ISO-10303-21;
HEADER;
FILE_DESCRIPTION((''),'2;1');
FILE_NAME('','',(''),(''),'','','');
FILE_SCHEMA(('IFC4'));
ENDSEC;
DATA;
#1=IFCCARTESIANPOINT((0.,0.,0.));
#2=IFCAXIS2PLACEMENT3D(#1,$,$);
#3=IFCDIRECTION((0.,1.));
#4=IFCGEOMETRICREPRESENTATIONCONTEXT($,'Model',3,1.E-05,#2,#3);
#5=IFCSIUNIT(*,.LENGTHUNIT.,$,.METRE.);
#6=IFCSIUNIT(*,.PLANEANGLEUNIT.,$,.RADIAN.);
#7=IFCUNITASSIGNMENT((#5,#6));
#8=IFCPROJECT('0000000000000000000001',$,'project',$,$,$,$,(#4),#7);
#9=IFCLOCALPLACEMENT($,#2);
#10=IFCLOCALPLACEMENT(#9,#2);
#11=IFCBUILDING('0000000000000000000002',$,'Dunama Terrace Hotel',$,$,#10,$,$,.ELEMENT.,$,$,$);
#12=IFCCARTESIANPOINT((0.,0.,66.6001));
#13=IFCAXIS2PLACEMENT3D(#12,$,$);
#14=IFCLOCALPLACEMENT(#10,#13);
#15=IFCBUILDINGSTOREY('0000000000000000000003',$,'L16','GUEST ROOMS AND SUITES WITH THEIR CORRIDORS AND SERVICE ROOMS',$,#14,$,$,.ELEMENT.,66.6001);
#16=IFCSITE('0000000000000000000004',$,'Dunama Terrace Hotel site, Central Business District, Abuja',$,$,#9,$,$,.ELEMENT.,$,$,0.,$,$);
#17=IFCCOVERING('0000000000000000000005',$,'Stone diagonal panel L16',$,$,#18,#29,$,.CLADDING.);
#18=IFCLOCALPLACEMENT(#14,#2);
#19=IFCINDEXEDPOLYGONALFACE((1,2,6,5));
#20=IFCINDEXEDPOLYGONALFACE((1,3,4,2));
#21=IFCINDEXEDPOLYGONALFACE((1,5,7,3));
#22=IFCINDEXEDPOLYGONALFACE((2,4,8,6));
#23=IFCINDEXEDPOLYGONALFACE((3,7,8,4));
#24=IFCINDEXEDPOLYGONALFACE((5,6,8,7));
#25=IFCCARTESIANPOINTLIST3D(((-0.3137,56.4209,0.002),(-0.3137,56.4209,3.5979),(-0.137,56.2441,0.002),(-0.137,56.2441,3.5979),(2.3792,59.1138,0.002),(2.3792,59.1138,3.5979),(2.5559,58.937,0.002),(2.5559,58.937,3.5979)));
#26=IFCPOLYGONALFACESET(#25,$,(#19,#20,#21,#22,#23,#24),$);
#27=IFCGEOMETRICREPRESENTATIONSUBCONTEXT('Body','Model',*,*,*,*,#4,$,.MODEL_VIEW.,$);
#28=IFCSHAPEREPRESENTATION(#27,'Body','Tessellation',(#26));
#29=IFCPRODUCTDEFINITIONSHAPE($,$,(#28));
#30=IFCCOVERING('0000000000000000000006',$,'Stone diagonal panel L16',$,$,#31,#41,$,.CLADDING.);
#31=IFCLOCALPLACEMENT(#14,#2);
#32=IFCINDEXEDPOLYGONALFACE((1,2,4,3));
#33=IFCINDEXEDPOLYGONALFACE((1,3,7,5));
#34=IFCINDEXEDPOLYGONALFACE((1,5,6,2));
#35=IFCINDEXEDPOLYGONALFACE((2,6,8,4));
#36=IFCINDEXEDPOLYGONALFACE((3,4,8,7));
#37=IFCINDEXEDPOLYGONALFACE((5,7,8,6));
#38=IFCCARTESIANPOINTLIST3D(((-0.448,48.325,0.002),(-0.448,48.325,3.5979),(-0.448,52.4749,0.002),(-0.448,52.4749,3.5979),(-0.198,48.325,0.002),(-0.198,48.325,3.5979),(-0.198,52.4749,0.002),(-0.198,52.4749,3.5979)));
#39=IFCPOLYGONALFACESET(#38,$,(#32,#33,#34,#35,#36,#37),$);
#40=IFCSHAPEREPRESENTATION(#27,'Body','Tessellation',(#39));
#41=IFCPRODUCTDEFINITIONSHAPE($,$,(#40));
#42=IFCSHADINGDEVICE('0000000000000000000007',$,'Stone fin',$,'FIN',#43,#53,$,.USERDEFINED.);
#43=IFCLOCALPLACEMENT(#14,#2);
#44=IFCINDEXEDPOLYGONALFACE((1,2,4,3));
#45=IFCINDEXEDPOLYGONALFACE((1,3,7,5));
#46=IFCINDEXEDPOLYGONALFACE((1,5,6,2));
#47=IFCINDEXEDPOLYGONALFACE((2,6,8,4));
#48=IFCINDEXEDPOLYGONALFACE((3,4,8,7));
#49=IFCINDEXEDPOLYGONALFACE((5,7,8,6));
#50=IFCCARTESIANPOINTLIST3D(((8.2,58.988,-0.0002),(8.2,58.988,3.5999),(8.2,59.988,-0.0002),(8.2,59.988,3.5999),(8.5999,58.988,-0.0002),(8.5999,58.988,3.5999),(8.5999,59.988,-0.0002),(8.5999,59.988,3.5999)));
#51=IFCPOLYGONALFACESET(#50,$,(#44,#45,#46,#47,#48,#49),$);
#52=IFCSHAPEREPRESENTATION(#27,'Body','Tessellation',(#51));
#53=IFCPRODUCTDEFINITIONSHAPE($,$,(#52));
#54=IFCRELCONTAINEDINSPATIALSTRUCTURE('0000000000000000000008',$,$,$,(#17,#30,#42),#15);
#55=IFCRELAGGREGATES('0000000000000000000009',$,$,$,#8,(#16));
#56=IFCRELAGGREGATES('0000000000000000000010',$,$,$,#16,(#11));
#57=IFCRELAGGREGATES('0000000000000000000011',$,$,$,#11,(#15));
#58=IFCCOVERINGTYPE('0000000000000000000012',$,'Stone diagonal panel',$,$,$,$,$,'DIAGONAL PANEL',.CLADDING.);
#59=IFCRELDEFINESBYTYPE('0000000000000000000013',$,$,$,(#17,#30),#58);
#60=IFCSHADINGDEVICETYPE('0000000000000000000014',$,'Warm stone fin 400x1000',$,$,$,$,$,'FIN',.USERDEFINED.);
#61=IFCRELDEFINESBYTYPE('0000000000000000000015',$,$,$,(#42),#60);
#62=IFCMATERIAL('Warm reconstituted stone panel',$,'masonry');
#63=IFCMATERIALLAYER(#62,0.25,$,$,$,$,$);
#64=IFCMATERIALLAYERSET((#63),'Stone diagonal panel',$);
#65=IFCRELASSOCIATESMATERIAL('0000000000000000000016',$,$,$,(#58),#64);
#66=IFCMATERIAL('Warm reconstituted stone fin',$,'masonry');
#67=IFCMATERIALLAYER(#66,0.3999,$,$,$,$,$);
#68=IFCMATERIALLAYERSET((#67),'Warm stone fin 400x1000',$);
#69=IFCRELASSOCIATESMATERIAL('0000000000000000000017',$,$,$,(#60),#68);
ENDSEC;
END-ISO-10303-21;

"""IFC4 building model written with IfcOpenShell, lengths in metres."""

from ifc_helpers import new_model, si_unit, direction, frame, origin, origin_2d, place, context, subcontext, project, spatial, rectangle, extrude, material, layer, layer_set, type_object, element, save


model = new_model("IFC4")

# Units and contexts
model_context = context("Model", 3, precision=1e-05, world=origin(), true_north=direction((0.0, 1.0)))
body_context = subcontext(model_context, "Body", "Model", "MODEL_VIEW")
ifc_project = project(units=[si_unit("LENGTHUNIT", "METRE"), si_unit("PLANEANGLEUNIT", "RADIAN")], contexts=[model_context])

# Site, building, storey
site_placement = place(None, origin())
site = spatial("IfcSite", under=ifc_project, at=site_placement, Name="Dunama Terrace Hotel site, Central Business District, Abuja", CompositionType="ELEMENT", RefElevation=0.0)
building_placement = place(site_placement, origin())
building = spatial("IfcBuilding", under=site, at=building_placement, Name="Dunama Terrace Hotel", CompositionType="ELEMENT")
storey_placement = place(building_placement, frame((0.0, 0.0, 66.6001)))
storey = spatial("IfcBuildingStorey", under=building, at=storey_placement, Name="L16", Description="GUEST ROOMS AND SUITES WITH THEIR CORRIDORS AND SERVICE ROOMS", CompositionType="ELEMENT", Elevation=66.6001)

# Coverings
ifc_material_1 = material(Name="Warm reconstituted stone panel", Category="masonry")
ifc_layer_1 = layer(ifc_material_1, 0.25)
ifc_layer_set_1 = layer_set([ifc_layer_1], Name="Stone diagonal panel")
covering_type = type_object("IfcCoveringType", Name="Stone diagonal panel", ElementType="DIAGONAL PANEL", PredefinedType="CLADDING", material=ifc_layer_set_1)
covering_1_placement = place(storey_placement, frame((1.1211, 57.679, 0.002), z_axis=(0.0, 0.0, 1.0), x_axis=(-0.707107, -0.707107, 0.0)))
element("IfcCovering", 1, at=covering_1_placement, inside=storey, type_object=covering_type, Name="Stone diagonal panel L16", PredefinedType="CLADDING", context=body_context, shape_type="SweptSolid", body=[
    extrude(rectangle(XDim=3.8083, YDim=0.25, at=origin_2d()), origin(), (0.0, 0.0, 1.0), 3.5959),
])
covering_2_placement = place(storey_placement, frame((-0.323, 50.3999, 0.002), z_axis=(0.0, 0.0, 1.0), x_axis=(0.0, -1.0, 0.0)))
element("IfcCovering", 2, at=covering_2_placement, inside=storey, type_object=covering_type, Name="Stone diagonal panel L16", PredefinedType="CLADDING", context=body_context, shape_type="SweptSolid", body=[
    extrude(rectangle(XDim=4.1499, YDim=0.25, at=origin_2d()), origin(), (0.0, 0.0, 1.0), 3.5959),
])

# Shading device
ifc_material_2 = material(Name="Warm reconstituted stone fin", Category="masonry")
ifc_layer_2 = layer(ifc_material_2, 0.3999)
ifc_layer_set_2 = layer_set([ifc_layer_2], Name="Warm stone fin 400x1000")
shading_device_type = type_object("IfcShadingDeviceType", Name="Warm stone fin 400x1000", ElementType="FIN", PredefinedType="USERDEFINED", material=ifc_layer_set_2)
shading_device_placement = place(storey_placement, frame((8.3999, 59.488, -0.0002), z_axis=(0.0, 0.0, 1.0), x_axis=(-1.0, 0.0, 0.0)))
element("IfcShadingDevice", 3, at=shading_device_placement, inside=storey, type_object=shading_device_type, Name="Stone fin", ObjectType="FIN", PredefinedType="USERDEFINED", context=body_context, shape_type="SweptSolid", body=[
    extrude(rectangle(XDim=0.3999, YDim=1.0, at=origin_2d()), origin(), (0.0, 0.0, 1.0), 3.6001),
])

save(model, "model.ifc")
